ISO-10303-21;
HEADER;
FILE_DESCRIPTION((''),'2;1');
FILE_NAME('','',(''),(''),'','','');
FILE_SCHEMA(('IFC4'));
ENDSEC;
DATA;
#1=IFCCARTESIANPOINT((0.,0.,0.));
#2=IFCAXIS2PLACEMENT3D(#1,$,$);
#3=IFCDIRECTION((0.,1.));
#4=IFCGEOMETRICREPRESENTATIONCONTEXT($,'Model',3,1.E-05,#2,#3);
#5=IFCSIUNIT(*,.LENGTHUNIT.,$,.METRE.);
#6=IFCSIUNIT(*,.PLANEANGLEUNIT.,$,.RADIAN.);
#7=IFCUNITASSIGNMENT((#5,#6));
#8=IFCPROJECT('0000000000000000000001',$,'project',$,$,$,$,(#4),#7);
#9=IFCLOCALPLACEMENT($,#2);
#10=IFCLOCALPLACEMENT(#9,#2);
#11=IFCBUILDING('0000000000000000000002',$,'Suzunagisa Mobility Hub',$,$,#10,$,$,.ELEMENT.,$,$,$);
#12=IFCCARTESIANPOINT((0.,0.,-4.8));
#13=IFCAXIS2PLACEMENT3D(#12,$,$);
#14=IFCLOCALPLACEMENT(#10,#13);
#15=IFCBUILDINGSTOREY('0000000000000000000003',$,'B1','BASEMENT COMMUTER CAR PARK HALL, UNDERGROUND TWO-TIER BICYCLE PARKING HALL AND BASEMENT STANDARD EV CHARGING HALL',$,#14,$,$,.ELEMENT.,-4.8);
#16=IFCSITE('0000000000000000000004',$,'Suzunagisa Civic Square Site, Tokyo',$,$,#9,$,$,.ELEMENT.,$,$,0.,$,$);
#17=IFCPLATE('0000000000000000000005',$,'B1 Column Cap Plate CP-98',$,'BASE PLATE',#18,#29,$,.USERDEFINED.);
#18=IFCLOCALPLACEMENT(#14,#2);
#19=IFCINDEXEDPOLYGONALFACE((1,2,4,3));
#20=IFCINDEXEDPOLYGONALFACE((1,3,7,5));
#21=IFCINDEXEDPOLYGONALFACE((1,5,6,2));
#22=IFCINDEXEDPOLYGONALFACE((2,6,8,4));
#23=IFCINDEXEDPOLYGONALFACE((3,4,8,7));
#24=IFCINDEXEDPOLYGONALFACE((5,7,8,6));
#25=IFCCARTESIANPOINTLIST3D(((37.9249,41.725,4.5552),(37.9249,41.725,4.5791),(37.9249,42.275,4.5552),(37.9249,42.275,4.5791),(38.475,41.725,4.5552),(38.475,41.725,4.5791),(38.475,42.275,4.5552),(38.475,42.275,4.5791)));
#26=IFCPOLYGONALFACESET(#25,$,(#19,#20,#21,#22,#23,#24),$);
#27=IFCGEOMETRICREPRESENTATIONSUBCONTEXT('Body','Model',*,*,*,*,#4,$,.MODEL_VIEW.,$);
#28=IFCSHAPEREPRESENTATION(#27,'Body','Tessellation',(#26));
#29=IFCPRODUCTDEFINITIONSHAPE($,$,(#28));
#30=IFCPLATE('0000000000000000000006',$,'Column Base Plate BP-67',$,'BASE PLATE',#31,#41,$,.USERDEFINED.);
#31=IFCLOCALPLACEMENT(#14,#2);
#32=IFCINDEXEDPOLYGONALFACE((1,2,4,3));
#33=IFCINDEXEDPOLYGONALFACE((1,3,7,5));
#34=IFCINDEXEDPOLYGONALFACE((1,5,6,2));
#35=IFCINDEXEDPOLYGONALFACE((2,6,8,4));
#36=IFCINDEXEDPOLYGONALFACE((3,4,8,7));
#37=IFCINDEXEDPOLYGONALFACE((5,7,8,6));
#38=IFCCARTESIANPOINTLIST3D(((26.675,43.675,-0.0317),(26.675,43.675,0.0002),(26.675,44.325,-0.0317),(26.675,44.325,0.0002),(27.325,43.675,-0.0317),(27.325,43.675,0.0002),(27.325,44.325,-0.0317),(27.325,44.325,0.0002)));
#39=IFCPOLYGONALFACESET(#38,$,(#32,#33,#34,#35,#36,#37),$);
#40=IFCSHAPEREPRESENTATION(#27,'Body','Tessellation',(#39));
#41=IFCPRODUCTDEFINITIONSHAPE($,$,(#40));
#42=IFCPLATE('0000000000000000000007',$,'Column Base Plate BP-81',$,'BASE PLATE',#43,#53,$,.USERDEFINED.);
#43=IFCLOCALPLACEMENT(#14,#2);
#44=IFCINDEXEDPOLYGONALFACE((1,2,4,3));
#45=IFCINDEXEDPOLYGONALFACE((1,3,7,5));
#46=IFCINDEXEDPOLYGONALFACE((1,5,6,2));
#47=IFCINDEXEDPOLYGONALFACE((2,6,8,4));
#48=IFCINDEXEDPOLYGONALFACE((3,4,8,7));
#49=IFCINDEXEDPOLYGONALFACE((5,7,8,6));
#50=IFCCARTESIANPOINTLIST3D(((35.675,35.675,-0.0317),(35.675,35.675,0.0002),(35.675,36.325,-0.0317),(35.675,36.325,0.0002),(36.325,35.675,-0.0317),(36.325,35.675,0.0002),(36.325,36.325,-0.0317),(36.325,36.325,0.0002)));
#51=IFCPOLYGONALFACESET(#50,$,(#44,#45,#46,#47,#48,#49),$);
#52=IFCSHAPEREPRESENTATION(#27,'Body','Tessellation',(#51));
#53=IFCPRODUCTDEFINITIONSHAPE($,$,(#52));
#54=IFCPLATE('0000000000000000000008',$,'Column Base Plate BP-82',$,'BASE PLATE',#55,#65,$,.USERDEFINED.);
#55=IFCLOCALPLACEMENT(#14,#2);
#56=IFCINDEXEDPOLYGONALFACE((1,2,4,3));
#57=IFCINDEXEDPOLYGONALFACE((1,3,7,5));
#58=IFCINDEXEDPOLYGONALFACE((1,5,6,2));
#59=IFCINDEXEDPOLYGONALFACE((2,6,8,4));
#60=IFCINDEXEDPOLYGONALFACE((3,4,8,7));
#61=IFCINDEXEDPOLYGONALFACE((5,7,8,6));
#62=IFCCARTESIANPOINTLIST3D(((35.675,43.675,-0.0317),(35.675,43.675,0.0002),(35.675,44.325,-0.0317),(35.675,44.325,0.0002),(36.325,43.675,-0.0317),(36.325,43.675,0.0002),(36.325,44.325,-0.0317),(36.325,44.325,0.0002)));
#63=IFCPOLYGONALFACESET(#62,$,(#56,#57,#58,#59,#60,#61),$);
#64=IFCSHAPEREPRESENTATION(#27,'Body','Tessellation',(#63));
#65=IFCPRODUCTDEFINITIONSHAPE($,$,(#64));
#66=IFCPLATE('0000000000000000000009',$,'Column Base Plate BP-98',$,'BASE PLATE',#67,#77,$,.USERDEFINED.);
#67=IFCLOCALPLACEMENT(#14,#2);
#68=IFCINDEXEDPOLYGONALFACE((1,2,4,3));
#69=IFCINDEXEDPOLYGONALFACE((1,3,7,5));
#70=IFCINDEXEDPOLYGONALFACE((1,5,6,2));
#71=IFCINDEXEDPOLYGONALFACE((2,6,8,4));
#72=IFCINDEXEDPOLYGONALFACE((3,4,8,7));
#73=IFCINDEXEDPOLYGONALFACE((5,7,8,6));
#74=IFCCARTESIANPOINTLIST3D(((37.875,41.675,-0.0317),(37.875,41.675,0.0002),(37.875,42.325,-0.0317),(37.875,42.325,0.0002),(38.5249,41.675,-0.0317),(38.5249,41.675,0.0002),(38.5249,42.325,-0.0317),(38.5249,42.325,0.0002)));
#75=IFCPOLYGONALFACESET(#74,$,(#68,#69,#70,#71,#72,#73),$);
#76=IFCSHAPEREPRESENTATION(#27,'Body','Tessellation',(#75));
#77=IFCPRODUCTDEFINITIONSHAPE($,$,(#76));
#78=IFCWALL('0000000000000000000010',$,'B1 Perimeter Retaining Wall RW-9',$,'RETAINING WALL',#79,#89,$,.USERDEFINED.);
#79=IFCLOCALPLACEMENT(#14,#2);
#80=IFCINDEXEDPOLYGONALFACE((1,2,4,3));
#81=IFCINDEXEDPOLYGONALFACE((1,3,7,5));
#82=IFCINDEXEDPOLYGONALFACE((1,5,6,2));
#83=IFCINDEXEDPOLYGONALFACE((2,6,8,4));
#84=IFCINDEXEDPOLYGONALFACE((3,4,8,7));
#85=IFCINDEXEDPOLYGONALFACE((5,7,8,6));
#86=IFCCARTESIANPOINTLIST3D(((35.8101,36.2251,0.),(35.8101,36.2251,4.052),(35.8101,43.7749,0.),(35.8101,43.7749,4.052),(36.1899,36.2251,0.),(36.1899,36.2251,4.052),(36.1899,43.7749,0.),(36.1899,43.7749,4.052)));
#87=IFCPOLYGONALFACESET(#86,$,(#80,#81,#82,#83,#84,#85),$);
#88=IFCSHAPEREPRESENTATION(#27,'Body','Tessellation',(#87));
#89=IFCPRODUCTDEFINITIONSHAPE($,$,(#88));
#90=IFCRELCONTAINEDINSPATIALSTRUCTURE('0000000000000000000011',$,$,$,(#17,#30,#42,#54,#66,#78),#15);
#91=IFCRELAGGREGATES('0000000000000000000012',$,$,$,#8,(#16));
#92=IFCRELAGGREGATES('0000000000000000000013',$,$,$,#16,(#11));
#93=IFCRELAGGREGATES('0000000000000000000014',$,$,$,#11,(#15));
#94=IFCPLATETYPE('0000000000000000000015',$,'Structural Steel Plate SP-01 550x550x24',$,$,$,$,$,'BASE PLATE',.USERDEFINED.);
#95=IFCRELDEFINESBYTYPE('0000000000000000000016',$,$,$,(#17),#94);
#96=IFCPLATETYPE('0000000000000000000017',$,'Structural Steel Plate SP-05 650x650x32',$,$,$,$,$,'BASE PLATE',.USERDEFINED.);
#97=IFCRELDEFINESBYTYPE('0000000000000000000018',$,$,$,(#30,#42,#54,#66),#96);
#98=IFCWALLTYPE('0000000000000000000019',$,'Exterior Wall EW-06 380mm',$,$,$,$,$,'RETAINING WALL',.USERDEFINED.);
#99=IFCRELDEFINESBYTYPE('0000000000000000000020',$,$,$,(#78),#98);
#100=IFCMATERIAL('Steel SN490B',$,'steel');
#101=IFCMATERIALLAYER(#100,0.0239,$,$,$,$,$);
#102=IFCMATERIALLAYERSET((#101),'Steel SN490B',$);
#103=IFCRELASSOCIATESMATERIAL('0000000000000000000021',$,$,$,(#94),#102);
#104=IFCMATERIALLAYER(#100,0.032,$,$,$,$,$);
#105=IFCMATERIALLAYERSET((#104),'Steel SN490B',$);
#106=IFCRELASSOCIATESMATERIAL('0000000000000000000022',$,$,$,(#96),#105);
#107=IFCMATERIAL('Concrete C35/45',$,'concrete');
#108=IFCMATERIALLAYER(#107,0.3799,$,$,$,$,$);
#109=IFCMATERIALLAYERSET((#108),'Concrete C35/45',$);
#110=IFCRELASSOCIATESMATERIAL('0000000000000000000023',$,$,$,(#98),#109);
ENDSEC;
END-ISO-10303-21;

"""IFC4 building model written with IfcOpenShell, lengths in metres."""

from ifc_helpers import new_model, si_unit, direction, frame, frame_2d, origin, origin_2d, place, context, subcontext, project, spatial, rectangle, extrude, material, layer, layer_set, type_object, element, save


model = new_model("IFC4")

# Units and contexts
model_context = context("Model", 3, precision=1e-05, world=origin(), true_north=direction((0.0, 1.0)))
body_context = subcontext(model_context, "Body", "Model", "MODEL_VIEW")
ifc_project = project(units=[si_unit("LENGTHUNIT", "METRE"), si_unit("PLANEANGLEUNIT", "RADIAN")], contexts=[model_context])

# Site, building, storey
site_placement = place(None, origin())
site = spatial("IfcSite", under=ifc_project, at=site_placement, Name="Suzunagisa Civic Square Site, Tokyo", CompositionType="ELEMENT", RefElevation=0.0)
building_placement = place(site_placement, origin())
building = spatial("IfcBuilding", under=site, at=building_placement, Name="Suzunagisa Mobility Hub", CompositionType="ELEMENT")
storey_placement = place(building_placement, frame((0.0, 0.0, -4.8)))
storey = spatial("IfcBuildingStorey", under=building, at=storey_placement, Name="B1", Description="BASEMENT COMMUTER CAR PARK HALL, UNDERGROUND TWO-TIER BICYCLE PARKING HALL AND BASEMENT STANDARD EV CHARGING HALL", CompositionType="ELEMENT", Elevation=-4.8)

# Shared definitions
ifc_material_1 = material(Name="Concrete C35/45", Category="concrete")

# Shared definitions
ifc_material_2 = material(Name="Steel SN490B", Category="steel")

# Plates
ifc_layer_1 = layer(ifc_material_2, 0.0239)
ifc_layer_set_1 = layer_set([ifc_layer_1], Name="Steel SN490B")
plate_type_1 = type_object("IfcPlateType", Name="Structural Steel Plate SP-01 550x550x24", ElementType="BASE PLATE", PredefinedType="USERDEFINED", material=ifc_layer_set_1)
plate_placement = place(storey_placement, frame((38.2, 42.0, 4.5552), z_axis=(0.0, 0.0, 1.0), x_axis=(1.0, 0.0, 0.0)))
element("IfcPlate", 1, at=plate_placement, inside=storey, type_object=plate_type_1, Name="B1 Column Cap Plate CP-98", ObjectType="BASE PLATE", PredefinedType="USERDEFINED", context=body_context, shape_type="SweptSolid", body=[
    extrude(rectangle(XDim=0.55, YDim=0.55, at=origin_2d()), origin(), (0.0, 0.0, 1.0), 0.0239),
])
ifc_layer_2 = layer(ifc_material_2, 0.032)
ifc_layer_set_2 = layer_set([ifc_layer_2], Name="Steel SN490B")
plate_type_2 = type_object("IfcPlateType", Name="Structural Steel Plate SP-05 650x650x32", ElementType="BASE PLATE", PredefinedType="USERDEFINED", material=ifc_layer_set_2)
for number, where, z_axis, x_axis, name in (
    (2, (27.0, 44.0, -0.0317), (0.0, 0.0, 1.0), (1.0, 0.0, 0.0), "Column Base Plate BP-67"),
    (3, (36.0, 36.0, -0.0317), (0.0, 0.0, 1.0), (1.0, 0.0, 0.0), "Column Base Plate BP-81"),
    (4, (36.0, 44.0, -0.0317), (0.0, 0.0, 1.0), (1.0, 0.0, 0.0), "Column Base Plate BP-82"),
    (5, (38.2, 42.0, -0.0317), (0.0, 0.0, 1.0), (1.0, 0.0, 0.0), "Column Base Plate BP-98"),
):
    element("IfcPlate", number, at=place(storey_placement, frame(where, z_axis=z_axis, x_axis=x_axis)), inside=storey, type_object=plate_type_2, Name=name, ObjectType="BASE PLATE", PredefinedType="USERDEFINED", context=body_context, shape_type="SweptSolid", body=[
        extrude(rectangle(XDim=0.6499, YDim=0.6499, at=origin_2d()), origin(), (0.0, 0.0, 1.0), 0.032),
    ])

# Wall
ifc_layer_3 = layer(ifc_material_1, 0.3799)
ifc_layer_set_3 = layer_set([ifc_layer_3], Name="Concrete C35/45")
wall_type = type_object("IfcWallType", Name="Exterior Wall EW-06 380mm", ElementType="RETAINING WALL", PredefinedType="USERDEFINED", material=ifc_layer_set_3)
wall_placement = place(storey_placement, frame((36.0, 36.2251, 0.0), z_axis=(0.0, 0.0, 1.0), x_axis=(0.0, 1.0, 0.0)))
element("IfcWall", 6, at=wall_placement, inside=storey, type_object=wall_type, Name="B1 Perimeter Retaining Wall RW-9", ObjectType="RETAINING WALL", PredefinedType="USERDEFINED", context=body_context, shape_type="SweptSolid", body=[
    extrude(rectangle(XDim=7.5498, YDim=0.3799, at=frame_2d((3.7749, 0.0))), origin(), (0.0, 0.0, 1.0), 4.052),
])

save(model, "model.ifc")
